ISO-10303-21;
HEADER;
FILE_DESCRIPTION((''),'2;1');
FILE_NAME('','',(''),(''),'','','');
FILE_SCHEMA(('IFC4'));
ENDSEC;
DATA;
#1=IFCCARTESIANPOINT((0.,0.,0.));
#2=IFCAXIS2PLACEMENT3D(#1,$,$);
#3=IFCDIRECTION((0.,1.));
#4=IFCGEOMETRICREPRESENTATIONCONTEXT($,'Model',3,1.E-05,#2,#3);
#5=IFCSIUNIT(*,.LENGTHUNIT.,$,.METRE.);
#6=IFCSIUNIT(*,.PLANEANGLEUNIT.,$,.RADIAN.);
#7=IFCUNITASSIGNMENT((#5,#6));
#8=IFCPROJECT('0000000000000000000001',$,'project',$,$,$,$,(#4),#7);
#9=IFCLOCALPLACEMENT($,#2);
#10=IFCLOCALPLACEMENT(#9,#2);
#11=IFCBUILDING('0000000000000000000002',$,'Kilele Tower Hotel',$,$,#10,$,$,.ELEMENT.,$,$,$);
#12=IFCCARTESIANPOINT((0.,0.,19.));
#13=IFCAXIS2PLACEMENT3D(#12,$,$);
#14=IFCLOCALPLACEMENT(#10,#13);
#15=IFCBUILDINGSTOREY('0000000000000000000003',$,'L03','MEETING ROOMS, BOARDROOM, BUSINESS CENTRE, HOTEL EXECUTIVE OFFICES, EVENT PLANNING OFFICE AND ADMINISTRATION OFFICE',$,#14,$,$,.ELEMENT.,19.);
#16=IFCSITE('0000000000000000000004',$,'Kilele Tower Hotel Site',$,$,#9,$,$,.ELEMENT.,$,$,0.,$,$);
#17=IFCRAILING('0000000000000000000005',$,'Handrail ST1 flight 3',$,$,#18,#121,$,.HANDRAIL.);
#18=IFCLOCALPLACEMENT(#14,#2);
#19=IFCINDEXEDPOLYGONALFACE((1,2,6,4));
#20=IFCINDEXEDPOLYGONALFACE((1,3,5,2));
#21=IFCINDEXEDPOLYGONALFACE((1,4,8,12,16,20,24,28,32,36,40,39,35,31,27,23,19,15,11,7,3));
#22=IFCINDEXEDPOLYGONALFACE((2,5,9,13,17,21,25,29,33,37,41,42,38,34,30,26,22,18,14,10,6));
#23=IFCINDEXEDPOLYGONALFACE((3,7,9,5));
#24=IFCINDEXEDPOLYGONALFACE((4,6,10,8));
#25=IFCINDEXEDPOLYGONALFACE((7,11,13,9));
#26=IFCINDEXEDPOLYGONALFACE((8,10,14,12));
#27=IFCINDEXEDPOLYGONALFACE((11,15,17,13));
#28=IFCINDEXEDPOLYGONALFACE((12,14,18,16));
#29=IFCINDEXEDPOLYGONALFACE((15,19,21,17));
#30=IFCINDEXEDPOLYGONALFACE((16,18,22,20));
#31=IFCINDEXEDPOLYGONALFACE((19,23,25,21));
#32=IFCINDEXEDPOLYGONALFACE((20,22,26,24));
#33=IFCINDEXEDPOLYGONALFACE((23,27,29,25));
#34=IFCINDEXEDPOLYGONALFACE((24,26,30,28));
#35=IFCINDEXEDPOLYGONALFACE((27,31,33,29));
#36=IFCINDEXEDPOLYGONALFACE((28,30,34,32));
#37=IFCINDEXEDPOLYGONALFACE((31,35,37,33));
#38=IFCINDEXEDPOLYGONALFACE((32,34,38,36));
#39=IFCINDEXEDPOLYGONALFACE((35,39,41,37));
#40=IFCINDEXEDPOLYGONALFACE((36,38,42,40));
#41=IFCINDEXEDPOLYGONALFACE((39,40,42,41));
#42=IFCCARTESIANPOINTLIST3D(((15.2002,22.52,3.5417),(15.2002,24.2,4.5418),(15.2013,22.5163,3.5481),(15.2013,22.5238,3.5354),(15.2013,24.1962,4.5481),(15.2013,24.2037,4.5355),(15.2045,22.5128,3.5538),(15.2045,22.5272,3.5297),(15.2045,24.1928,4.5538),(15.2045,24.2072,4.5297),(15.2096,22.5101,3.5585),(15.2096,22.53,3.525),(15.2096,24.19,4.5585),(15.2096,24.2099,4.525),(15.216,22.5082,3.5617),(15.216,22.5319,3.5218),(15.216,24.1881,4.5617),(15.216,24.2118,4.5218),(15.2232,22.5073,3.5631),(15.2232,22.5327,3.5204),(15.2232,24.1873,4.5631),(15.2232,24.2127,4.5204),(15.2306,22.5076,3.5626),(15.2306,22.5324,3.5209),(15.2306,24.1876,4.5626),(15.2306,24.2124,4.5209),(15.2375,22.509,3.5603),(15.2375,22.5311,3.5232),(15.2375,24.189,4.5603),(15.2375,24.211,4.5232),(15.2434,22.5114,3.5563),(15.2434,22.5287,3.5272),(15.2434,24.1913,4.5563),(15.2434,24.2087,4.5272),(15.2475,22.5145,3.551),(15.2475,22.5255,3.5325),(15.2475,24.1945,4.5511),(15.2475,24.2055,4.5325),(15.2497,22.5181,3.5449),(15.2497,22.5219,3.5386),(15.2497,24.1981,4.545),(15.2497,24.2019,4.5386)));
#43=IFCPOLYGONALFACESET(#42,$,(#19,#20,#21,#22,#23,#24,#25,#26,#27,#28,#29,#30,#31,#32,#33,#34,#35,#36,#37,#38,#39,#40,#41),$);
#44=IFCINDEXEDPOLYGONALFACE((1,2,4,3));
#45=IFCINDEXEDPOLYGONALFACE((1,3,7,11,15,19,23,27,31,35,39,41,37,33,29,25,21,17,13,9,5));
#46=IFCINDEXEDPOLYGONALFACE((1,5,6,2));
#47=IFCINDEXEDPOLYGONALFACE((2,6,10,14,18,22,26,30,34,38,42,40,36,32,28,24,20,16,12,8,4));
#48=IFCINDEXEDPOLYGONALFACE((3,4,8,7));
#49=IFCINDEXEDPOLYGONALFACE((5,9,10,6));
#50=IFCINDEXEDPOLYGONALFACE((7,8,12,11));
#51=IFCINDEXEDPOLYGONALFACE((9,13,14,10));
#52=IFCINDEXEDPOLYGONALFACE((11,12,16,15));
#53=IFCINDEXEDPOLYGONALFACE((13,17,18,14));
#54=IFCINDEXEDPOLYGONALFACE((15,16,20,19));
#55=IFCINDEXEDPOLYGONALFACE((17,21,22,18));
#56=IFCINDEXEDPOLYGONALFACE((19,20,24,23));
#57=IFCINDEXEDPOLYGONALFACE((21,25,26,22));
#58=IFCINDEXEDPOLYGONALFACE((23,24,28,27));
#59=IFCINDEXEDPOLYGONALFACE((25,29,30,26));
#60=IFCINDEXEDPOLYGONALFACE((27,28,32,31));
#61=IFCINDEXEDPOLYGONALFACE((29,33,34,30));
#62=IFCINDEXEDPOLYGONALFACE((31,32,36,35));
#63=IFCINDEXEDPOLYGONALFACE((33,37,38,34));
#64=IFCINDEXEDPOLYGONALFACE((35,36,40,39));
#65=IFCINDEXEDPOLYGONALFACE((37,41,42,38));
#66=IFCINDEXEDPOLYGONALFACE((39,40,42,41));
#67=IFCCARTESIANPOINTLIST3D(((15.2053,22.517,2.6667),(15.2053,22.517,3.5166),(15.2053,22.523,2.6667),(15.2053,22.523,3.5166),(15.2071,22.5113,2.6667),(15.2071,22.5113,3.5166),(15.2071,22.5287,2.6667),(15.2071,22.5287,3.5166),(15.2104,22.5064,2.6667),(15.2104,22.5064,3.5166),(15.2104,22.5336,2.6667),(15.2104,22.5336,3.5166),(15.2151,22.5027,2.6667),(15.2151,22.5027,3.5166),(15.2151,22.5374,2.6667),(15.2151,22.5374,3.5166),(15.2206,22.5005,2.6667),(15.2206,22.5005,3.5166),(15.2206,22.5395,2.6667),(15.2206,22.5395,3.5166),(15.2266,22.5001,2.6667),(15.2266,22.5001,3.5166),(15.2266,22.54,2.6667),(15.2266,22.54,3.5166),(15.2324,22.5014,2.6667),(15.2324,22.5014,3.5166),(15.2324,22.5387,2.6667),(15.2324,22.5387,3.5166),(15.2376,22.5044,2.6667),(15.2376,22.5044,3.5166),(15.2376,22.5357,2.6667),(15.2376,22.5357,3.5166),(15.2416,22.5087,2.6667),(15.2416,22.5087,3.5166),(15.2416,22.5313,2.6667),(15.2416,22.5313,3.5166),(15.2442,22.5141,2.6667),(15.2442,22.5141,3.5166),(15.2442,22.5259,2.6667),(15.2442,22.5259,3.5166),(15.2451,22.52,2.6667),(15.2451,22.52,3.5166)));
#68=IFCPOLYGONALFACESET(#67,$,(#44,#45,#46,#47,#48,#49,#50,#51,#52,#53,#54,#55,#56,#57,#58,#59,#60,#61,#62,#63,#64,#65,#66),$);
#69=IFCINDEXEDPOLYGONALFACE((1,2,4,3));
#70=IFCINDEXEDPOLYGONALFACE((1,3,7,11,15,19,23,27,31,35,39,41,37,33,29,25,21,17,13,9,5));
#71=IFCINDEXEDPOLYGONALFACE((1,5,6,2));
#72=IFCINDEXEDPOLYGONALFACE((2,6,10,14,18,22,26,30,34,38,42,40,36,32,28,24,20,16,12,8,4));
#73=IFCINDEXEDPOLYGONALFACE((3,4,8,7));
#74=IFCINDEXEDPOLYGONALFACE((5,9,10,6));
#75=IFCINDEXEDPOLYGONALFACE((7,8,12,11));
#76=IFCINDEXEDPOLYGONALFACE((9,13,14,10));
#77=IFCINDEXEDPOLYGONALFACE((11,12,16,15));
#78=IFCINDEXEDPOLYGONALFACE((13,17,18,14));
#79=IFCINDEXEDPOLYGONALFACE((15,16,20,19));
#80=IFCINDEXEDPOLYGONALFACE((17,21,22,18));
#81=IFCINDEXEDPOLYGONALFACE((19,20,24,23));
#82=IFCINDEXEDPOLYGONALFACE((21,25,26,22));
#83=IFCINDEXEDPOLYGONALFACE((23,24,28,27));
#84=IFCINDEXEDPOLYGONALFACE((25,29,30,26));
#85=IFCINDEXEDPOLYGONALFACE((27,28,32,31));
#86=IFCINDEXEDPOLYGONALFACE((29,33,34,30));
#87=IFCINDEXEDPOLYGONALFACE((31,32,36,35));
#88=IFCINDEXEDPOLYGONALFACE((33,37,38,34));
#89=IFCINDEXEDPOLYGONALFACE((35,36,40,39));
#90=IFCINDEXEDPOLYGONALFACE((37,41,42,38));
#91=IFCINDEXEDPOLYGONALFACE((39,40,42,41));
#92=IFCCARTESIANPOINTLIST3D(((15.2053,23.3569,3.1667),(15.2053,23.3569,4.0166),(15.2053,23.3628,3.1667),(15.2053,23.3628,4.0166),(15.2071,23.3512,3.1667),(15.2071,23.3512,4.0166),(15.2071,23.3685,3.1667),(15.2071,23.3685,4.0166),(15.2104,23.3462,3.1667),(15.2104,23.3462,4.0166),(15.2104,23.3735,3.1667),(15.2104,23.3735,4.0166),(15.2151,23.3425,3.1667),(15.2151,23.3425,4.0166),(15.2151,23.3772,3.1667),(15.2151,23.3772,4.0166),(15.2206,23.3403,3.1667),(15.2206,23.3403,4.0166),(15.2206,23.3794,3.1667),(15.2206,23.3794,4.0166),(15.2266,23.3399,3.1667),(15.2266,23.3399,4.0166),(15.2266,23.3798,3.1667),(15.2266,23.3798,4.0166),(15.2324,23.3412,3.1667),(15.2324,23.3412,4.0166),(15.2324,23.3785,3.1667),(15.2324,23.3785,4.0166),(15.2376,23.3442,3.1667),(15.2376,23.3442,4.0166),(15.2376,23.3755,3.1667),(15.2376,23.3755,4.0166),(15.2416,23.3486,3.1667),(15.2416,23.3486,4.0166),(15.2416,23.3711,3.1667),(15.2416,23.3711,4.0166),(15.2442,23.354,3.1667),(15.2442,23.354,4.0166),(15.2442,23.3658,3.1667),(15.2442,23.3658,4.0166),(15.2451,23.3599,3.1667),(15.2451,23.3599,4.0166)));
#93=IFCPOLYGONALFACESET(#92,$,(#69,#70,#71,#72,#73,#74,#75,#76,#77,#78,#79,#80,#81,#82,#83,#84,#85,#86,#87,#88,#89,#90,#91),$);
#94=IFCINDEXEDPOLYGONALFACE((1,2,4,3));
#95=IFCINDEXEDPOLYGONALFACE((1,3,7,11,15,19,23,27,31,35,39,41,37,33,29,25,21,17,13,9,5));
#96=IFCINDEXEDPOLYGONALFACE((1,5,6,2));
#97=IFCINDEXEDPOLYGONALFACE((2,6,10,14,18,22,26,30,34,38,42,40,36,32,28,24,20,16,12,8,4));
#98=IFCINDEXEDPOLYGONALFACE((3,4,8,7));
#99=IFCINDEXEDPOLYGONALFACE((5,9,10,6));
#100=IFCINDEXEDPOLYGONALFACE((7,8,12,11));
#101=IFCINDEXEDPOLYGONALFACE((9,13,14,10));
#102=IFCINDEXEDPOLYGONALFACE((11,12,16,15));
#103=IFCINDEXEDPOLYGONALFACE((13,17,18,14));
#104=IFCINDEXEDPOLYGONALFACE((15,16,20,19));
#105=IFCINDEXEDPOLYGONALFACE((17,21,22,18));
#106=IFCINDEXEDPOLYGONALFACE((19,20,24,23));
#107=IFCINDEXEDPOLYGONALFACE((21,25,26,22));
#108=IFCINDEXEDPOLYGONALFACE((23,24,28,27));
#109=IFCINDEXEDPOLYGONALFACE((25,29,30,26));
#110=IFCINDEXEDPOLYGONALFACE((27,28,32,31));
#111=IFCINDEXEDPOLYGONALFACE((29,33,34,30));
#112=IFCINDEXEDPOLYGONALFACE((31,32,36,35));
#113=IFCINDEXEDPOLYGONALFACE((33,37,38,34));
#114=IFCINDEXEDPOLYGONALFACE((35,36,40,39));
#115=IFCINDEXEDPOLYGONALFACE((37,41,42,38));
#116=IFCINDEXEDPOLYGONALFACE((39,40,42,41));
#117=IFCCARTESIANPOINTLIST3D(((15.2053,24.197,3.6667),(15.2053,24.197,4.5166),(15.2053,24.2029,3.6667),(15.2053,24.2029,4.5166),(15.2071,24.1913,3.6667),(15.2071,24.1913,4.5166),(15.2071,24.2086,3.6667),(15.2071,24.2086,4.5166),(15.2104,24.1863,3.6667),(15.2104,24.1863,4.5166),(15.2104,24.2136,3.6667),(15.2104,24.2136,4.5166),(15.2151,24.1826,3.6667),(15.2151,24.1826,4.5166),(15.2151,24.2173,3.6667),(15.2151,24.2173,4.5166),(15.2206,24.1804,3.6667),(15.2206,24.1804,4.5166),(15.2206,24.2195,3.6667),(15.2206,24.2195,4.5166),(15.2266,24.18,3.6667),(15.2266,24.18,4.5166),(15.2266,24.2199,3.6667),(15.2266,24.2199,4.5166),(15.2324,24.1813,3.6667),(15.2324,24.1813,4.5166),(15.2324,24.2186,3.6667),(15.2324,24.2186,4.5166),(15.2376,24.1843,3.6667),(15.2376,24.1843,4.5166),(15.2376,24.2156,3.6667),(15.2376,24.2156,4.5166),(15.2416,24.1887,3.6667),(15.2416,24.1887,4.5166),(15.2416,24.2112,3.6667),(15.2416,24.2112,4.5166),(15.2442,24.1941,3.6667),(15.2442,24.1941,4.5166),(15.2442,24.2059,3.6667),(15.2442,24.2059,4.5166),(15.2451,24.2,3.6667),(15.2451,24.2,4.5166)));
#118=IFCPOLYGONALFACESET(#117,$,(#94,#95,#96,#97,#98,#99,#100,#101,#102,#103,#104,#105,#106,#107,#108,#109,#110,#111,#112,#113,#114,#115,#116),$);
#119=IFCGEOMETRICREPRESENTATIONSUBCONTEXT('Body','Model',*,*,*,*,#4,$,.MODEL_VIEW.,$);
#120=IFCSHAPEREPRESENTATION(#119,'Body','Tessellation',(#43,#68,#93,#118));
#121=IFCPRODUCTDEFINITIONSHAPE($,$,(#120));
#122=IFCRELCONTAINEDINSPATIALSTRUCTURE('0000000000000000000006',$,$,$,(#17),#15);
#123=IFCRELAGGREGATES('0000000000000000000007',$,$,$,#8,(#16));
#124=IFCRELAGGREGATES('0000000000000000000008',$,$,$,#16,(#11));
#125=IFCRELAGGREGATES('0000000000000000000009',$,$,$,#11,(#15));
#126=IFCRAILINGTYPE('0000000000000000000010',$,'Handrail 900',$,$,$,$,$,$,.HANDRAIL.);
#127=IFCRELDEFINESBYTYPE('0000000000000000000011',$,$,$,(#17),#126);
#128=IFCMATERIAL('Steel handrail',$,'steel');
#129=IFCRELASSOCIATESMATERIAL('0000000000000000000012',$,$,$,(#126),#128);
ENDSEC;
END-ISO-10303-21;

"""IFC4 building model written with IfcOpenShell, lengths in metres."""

from ifc_helpers import new_model, si_unit, direction, frame, origin, origin_2d, place, context, subcontext, project, spatial, circle, extrude, material, type_object, element, save


model = new_model("IFC4")

# Units and contexts
model_context = context("Model", 3, precision=1e-05, world=origin(), true_north=direction((0.0, 1.0)))
body_context = subcontext(model_context, "Body", "Model", "MODEL_VIEW")
ifc_project = project(units=[si_unit("LENGTHUNIT", "METRE"), si_unit("PLANEANGLEUNIT", "RADIAN")], contexts=[model_context])

# Site, building, storey
site_placement = place(None, origin())
site = spatial("IfcSite", under=ifc_project, at=site_placement, Name="Kilele Tower Hotel Site", CompositionType="ELEMENT", RefElevation=0.0)
building_placement = place(site_placement, origin())
building = spatial("IfcBuilding", under=site, at=building_placement, Name="Kilele Tower Hotel", CompositionType="ELEMENT")
storey_placement = place(building_placement, frame((0.0, 0.0, 19.0)))
storey = spatial("IfcBuildingStorey", under=building, at=storey_placement, Name="L03", Description="MEETING ROOMS, BOARDROOM, BUSINESS CENTRE, HOTEL EXECUTIVE OFFICES, EVENT PLANNING OFFICE AND ADMINISTRATION OFFICE", CompositionType="ELEMENT", Elevation=19.0)

# Railing
ifc_material_1 = material(Name="Steel handrail", Category="steel")
railing_type_1 = type_object("IfcRailingType", Name="Handrail 900", PredefinedType="HANDRAIL", material=ifc_material_1)
for number, where, name in (
    (1, (15.2251, 22.52, 2.6667), "Handrail ST1 flight 3"),
):
    element("IfcRailing", number, at=place(storey_placement, frame(where)), inside=storey, type_object=railing_type_1, Name=name, PredefinedType="HANDRAIL", context=body_context, shape_type="SweptSolid", body=[
        extrude(circle(Radius=0.0249, at=origin_2d()), frame((0.0, 0.0, 0.875), z_axis=(0.0, 0.859284, 0.511499), x_axis=(-1.0, 0.0, 0.0)), (0.0, 0.0, 1.0), 1.9551),
        extrude(circle(Radius=0.02, at=origin_2d()), origin(), (0.0, 0.0, 1.0), 0.8499),
        extrude(circle(Radius=0.02, at=origin_2d()), frame((0.0, 0.8398, 0.5)), (0.0, 0.0, 1.0), 0.8499),
        extrude(circle(Radius=0.02, at=origin_2d()), frame((0.0, 1.6799, 1.0)), (0.0, 0.0, 1.0), 0.8499),
    ])

save(model, "model.ifc")
